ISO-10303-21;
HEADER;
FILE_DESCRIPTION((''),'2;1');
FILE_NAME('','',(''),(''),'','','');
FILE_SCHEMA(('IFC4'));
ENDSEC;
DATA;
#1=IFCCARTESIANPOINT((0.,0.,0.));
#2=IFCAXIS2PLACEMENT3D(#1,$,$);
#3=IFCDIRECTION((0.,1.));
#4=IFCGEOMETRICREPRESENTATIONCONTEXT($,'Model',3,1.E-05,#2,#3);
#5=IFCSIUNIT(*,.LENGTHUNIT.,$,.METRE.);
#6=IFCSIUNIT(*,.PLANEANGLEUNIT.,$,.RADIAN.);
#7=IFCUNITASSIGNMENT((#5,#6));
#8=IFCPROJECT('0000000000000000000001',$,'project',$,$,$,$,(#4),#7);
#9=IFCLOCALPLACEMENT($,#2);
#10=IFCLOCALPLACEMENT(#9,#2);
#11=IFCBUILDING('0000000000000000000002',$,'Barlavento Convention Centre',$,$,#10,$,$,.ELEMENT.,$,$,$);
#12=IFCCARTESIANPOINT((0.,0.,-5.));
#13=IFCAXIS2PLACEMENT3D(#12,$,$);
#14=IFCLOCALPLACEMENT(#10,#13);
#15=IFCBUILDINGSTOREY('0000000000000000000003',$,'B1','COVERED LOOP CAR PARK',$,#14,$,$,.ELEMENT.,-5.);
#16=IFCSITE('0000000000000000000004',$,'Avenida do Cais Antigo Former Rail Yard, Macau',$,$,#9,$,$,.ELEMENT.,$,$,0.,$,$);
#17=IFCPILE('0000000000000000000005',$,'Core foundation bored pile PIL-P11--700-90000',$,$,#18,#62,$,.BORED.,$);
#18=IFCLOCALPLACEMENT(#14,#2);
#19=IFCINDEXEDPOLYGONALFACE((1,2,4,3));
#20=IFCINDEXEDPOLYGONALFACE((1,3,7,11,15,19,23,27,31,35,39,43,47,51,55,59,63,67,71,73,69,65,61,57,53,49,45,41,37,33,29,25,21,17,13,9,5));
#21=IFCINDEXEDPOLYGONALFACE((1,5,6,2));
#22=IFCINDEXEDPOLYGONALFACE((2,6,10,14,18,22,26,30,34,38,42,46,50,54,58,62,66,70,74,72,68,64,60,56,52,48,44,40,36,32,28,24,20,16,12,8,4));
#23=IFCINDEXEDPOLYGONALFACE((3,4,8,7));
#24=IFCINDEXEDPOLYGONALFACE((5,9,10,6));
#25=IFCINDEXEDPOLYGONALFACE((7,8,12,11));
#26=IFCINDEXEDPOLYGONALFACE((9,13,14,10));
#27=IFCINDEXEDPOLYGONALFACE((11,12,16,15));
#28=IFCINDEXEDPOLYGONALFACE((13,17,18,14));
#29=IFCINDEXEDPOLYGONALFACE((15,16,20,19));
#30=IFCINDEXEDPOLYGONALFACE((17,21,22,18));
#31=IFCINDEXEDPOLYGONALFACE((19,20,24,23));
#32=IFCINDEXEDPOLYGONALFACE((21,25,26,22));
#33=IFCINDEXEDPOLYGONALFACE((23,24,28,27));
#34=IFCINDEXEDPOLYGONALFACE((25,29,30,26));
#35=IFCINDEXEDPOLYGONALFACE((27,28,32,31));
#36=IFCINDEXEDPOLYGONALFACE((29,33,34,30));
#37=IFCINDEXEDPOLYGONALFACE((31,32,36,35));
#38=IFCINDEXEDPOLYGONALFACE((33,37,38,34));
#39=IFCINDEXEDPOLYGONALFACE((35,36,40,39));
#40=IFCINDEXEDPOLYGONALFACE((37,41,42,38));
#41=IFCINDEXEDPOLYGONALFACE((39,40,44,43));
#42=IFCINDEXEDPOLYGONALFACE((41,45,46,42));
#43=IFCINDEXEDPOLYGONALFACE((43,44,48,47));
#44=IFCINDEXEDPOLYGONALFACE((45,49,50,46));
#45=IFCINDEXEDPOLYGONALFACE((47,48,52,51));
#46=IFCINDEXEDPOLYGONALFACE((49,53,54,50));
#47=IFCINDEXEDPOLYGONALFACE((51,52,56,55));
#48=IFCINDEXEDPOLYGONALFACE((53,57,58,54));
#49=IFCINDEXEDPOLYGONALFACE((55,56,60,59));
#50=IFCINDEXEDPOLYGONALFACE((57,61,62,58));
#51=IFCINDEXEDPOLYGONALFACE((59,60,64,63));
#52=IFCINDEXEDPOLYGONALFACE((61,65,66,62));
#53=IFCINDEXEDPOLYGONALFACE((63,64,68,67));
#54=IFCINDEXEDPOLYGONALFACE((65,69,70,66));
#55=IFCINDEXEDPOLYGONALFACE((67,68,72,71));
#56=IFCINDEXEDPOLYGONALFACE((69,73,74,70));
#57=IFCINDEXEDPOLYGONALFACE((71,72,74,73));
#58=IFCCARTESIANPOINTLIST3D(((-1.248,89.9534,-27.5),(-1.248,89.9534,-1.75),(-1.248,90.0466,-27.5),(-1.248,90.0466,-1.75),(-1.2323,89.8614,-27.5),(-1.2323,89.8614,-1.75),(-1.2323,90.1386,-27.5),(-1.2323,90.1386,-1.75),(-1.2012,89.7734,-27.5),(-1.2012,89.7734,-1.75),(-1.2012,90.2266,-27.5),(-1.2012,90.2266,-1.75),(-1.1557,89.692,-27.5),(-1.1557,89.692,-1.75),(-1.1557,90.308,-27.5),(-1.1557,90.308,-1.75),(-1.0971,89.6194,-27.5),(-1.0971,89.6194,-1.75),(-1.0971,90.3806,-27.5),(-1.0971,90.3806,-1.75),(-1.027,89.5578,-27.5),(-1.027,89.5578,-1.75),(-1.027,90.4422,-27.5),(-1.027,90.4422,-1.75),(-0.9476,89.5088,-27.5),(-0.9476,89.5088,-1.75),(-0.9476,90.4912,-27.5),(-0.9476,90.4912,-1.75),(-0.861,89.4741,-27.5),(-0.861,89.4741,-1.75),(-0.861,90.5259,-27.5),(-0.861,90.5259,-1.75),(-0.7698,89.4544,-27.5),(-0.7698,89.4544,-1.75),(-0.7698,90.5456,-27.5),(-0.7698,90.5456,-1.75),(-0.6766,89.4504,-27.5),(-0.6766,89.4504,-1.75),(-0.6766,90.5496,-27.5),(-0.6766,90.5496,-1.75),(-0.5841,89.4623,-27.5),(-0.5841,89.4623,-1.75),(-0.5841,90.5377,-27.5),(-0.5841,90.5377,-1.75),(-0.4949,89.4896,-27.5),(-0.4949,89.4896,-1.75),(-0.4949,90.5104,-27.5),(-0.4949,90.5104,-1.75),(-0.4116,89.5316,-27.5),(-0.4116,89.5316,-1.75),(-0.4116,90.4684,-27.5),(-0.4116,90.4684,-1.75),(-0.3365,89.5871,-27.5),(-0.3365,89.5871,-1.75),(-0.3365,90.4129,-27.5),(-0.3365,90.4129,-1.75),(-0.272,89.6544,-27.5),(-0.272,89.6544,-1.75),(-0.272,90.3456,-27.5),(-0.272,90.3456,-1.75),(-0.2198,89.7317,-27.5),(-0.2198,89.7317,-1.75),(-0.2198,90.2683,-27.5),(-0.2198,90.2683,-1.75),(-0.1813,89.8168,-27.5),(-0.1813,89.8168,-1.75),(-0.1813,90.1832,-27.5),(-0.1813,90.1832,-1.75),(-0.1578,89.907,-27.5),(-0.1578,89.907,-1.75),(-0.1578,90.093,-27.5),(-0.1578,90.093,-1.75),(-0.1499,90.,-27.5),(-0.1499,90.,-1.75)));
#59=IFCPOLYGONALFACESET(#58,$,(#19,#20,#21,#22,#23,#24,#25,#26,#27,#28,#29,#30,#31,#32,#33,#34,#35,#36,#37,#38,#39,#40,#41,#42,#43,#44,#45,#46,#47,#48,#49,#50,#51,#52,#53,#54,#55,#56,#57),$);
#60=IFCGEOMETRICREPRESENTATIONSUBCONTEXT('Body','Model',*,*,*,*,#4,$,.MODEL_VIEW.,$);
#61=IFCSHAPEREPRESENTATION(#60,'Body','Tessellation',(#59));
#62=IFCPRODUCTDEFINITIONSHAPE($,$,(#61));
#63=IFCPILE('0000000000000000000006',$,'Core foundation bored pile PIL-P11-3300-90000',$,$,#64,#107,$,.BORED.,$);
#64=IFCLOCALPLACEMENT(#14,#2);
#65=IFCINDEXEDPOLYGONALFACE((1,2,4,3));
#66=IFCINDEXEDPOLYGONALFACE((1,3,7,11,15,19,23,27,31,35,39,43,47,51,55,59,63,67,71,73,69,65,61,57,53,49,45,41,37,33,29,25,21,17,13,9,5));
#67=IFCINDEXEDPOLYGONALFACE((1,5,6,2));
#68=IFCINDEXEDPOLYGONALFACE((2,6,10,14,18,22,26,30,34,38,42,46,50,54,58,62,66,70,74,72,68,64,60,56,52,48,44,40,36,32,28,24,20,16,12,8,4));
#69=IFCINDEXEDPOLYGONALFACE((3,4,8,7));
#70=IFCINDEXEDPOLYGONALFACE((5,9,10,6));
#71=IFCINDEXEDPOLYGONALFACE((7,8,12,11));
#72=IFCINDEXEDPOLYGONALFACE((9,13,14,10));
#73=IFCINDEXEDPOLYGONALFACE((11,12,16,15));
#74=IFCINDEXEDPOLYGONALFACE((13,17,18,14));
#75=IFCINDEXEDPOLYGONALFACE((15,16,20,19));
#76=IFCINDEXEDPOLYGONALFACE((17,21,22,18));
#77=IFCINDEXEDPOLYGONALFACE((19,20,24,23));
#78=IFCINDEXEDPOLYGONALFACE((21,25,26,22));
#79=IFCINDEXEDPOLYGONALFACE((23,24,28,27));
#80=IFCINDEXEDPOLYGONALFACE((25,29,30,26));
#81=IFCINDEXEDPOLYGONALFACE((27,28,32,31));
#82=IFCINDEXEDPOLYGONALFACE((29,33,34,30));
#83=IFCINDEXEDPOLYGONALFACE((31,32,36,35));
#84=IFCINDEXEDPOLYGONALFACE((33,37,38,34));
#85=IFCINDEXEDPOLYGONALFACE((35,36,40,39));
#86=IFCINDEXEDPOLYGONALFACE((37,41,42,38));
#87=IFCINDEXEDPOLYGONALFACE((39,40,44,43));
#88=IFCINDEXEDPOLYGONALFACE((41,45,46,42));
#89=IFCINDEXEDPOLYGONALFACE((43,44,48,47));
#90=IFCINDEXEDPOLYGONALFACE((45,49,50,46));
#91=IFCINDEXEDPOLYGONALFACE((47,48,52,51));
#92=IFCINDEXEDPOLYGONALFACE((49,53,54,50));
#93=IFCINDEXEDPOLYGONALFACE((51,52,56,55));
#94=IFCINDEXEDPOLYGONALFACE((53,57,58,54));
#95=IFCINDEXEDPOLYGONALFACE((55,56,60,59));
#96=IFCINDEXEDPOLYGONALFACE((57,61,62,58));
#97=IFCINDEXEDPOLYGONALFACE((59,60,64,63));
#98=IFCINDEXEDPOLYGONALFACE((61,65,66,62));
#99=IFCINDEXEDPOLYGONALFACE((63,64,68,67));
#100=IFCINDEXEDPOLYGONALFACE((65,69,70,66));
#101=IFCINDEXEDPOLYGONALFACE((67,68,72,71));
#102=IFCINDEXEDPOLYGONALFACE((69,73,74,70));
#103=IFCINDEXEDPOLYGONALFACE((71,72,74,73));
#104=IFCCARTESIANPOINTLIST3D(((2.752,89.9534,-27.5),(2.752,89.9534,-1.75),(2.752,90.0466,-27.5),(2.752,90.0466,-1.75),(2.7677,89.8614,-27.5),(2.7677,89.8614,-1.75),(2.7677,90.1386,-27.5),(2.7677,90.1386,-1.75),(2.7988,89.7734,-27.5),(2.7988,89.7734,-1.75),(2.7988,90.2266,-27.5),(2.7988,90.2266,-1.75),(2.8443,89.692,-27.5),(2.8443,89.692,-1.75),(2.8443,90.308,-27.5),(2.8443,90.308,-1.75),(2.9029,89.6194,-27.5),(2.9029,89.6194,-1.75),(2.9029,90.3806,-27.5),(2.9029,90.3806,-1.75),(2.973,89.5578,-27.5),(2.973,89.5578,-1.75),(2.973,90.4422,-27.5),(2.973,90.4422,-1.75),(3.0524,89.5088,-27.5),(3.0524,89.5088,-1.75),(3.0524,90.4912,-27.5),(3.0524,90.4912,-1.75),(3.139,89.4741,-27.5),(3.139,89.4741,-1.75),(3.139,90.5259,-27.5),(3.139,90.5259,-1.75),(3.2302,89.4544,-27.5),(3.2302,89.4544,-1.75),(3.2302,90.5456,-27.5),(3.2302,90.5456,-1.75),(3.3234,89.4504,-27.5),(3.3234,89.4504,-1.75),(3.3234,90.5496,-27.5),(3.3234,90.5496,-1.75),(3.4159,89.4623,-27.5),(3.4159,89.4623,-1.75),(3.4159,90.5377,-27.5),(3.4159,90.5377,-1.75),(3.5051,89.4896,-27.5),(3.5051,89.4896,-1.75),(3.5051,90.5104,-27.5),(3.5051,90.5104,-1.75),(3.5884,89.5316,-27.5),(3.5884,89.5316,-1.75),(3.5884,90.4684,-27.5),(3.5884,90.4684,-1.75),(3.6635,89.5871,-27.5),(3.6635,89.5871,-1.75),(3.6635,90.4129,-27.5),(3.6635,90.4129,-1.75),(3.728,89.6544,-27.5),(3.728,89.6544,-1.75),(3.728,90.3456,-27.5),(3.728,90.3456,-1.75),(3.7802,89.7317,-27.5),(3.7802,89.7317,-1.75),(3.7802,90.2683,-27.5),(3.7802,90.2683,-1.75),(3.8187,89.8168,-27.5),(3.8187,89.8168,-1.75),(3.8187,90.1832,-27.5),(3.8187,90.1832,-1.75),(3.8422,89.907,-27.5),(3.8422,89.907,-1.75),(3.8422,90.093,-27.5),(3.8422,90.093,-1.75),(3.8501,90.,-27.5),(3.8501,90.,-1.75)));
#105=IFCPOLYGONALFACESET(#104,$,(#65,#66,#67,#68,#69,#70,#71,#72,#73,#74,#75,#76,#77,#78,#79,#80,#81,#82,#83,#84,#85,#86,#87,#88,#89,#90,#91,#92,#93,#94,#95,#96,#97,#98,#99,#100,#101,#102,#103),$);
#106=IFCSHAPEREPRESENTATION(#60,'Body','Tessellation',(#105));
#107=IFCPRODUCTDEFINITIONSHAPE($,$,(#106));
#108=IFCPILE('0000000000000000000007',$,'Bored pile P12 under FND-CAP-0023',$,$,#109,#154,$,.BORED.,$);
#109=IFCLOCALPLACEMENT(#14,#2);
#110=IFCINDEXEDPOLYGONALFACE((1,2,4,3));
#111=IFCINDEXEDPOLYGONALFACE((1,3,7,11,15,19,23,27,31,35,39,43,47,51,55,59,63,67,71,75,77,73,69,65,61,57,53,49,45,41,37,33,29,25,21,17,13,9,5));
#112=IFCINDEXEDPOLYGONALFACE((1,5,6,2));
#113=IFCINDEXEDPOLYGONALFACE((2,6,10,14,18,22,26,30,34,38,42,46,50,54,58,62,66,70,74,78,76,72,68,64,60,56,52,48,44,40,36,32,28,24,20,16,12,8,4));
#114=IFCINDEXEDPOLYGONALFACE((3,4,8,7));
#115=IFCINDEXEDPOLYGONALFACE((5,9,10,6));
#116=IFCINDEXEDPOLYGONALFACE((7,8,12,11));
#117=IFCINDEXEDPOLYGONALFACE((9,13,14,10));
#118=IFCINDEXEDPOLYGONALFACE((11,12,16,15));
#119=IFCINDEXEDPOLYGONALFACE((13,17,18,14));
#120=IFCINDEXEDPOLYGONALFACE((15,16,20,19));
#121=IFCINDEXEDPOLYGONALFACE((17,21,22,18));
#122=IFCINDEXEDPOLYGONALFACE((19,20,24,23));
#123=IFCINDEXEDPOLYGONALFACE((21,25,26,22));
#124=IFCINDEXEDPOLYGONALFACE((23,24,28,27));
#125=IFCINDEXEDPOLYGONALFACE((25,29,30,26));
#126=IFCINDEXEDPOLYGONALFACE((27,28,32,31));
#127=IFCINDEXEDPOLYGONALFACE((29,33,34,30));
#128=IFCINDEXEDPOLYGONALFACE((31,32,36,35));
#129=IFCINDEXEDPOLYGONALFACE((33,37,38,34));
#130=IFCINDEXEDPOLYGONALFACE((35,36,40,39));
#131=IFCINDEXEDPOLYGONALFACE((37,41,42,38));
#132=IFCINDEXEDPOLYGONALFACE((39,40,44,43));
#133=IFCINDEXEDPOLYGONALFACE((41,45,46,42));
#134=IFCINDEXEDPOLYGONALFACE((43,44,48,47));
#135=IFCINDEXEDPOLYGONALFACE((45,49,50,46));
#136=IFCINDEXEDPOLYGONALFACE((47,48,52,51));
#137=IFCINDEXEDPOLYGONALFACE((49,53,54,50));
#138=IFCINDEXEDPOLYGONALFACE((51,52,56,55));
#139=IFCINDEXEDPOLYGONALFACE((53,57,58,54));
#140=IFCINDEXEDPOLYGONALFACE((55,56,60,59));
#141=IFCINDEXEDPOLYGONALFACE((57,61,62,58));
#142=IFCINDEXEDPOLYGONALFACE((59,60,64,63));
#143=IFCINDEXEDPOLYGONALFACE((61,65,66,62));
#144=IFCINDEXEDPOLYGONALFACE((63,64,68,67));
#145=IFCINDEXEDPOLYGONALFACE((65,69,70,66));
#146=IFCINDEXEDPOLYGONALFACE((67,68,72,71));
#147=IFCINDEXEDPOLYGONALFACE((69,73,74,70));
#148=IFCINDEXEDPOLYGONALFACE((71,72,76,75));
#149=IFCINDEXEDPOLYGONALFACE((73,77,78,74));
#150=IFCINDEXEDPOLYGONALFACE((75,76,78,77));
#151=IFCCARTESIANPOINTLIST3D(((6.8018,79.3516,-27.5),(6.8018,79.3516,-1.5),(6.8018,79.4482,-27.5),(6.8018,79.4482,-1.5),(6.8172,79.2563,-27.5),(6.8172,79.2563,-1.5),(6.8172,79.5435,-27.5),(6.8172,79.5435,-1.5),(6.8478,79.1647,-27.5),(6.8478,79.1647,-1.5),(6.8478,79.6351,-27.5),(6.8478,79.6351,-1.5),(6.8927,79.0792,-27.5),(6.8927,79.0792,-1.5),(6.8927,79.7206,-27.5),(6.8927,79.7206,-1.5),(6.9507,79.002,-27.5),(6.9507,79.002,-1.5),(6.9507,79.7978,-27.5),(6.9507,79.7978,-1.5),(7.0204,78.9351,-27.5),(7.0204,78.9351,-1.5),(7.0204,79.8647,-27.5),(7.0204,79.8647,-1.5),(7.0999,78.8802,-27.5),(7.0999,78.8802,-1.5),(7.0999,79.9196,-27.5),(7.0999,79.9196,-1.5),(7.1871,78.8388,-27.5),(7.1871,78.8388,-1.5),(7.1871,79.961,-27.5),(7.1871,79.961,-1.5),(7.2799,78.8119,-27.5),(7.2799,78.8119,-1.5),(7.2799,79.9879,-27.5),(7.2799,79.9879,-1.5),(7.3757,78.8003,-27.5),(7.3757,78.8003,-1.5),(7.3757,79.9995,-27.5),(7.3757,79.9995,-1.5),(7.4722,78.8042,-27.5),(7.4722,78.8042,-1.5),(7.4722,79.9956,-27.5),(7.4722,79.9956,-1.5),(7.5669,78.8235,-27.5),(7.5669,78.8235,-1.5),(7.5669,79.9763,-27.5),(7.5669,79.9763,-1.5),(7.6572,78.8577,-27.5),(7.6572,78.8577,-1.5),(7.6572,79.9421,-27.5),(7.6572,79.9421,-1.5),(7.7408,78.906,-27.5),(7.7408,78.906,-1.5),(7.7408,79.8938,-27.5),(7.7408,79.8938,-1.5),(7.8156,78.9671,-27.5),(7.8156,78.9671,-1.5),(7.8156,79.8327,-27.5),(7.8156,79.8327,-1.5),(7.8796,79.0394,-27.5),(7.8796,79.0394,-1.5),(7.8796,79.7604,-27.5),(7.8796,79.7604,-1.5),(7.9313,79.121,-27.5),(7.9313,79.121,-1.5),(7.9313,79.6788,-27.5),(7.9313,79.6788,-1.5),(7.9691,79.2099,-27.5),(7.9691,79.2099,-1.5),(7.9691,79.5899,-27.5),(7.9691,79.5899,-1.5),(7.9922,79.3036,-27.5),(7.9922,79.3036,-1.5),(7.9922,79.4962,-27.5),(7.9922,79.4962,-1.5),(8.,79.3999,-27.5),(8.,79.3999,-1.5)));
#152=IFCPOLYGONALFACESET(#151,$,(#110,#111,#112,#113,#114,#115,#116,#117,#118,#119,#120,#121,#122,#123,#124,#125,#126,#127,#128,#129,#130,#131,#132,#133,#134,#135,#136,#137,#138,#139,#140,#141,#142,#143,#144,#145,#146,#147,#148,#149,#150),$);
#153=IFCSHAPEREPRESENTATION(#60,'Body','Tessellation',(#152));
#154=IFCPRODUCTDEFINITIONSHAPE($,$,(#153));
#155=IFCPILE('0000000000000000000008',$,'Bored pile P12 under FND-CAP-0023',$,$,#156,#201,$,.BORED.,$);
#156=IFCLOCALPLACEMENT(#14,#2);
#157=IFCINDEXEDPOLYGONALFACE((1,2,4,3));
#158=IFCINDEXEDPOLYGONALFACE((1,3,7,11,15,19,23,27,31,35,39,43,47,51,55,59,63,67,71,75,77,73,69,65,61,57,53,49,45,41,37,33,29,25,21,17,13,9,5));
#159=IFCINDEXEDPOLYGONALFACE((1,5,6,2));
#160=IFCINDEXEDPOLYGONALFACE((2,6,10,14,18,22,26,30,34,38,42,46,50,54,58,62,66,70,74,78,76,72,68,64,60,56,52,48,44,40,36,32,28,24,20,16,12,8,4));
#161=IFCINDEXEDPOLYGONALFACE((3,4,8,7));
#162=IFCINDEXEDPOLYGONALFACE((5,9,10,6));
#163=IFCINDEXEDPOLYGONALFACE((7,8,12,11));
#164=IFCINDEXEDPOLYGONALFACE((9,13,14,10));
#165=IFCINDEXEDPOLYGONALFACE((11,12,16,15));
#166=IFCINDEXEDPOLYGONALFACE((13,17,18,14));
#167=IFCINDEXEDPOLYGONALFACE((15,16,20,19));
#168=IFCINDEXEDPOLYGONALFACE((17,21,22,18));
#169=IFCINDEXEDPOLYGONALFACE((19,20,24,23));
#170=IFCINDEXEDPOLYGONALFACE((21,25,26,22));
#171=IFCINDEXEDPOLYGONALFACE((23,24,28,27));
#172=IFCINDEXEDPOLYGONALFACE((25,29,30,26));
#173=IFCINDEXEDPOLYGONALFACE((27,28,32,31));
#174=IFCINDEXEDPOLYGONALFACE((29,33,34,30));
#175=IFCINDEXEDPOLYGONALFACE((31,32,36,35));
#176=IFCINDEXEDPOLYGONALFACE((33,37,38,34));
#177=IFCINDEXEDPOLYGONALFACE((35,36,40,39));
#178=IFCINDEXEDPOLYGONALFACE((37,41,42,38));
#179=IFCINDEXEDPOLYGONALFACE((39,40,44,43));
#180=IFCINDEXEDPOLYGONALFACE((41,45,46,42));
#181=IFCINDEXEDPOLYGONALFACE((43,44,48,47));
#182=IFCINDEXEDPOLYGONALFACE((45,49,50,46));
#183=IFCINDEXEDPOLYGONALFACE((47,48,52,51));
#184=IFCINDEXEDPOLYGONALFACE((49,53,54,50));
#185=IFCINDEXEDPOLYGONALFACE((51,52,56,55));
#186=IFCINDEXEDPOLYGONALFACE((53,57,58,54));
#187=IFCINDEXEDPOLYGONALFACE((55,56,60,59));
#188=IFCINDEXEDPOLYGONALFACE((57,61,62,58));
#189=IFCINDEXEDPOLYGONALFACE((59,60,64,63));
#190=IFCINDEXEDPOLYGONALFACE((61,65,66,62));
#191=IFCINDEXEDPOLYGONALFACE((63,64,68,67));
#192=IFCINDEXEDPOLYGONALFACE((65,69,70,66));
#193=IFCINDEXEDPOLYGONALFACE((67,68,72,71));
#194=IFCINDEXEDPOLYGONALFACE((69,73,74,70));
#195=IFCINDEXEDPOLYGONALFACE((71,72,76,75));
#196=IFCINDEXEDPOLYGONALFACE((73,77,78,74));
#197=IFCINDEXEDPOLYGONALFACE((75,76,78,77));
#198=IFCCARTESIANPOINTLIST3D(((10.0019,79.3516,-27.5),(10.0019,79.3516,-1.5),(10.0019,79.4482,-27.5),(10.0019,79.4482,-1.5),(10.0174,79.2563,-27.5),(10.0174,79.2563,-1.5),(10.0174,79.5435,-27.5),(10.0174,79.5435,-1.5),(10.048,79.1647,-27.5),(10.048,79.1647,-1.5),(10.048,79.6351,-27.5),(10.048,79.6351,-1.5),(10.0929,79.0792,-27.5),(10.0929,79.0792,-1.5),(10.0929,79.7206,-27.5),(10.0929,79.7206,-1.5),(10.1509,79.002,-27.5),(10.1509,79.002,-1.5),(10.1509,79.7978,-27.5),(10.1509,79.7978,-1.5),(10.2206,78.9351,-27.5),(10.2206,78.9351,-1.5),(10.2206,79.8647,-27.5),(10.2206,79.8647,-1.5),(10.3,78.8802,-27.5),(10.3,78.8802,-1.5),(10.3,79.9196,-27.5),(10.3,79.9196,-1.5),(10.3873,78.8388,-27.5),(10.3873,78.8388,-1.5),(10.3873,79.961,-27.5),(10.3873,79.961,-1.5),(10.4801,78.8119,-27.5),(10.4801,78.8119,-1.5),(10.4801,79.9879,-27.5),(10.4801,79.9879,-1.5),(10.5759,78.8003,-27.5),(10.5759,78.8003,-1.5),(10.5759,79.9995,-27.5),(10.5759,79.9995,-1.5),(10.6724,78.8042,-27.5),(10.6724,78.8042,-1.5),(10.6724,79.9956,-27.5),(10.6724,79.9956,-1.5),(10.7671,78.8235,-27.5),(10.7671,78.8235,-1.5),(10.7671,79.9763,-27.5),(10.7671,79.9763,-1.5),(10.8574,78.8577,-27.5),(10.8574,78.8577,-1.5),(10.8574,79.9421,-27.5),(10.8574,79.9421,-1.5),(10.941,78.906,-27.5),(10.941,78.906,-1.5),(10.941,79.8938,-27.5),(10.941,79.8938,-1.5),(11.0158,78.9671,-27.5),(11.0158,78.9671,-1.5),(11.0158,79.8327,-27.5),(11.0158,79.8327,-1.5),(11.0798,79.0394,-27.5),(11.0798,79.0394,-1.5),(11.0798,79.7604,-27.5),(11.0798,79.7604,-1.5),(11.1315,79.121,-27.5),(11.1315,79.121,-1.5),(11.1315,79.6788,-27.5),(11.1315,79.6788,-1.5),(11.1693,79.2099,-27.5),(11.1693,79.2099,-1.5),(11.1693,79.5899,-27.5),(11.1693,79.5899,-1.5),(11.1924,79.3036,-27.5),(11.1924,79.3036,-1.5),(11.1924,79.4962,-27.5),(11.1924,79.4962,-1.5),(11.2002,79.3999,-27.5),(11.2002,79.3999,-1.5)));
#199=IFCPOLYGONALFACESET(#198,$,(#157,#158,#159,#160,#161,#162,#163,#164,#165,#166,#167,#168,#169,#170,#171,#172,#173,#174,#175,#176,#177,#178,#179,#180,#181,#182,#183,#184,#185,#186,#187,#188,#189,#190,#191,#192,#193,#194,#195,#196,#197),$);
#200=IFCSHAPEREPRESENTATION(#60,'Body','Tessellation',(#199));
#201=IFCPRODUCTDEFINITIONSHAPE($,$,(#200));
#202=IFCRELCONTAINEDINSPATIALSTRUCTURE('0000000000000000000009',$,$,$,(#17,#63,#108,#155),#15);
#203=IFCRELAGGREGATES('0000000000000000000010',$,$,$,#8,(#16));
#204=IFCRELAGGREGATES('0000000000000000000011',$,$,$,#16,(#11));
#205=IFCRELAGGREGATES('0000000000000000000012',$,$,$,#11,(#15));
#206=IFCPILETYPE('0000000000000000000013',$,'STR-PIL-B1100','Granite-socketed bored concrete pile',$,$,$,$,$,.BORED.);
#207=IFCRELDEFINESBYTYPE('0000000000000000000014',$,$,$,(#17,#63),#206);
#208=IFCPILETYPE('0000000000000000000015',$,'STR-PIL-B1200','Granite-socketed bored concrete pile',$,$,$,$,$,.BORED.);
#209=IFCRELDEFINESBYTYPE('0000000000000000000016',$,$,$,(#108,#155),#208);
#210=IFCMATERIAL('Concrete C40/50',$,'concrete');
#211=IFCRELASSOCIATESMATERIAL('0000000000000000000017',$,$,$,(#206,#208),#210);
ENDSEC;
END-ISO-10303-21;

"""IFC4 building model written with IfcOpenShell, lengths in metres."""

from ifc_helpers import new_model, si_unit, direction, frame, origin, origin_2d, place, context, subcontext, project, spatial, circle, extrude, material, material_profile, profile_set, type_object, element, save


model = new_model("IFC4")

# Units and contexts
model_context = context("Model", 3, precision=1e-05, world=origin(), true_north=direction((0.0, 1.0)))
body_context = subcontext(model_context, "Body", "Model", "MODEL_VIEW")
ifc_project = project(units=[si_unit("LENGTHUNIT", "METRE"), si_unit("PLANEANGLEUNIT", "RADIAN")], contexts=[model_context])

# Site, building, storey
site_placement = place(None, origin())
site = spatial("IfcSite", under=ifc_project, at=site_placement, Name="Avenida do Cais Antigo Former Rail Yard, Macau", CompositionType="ELEMENT", RefElevation=0.0)
building_placement = place(site_placement, origin())
building = spatial("IfcBuilding", under=site, at=building_placement, Name="Barlavento Convention Centre", CompositionType="ELEMENT")
storey_placement = place(building_placement, frame((0.0, 0.0, -5.0)))
storey = spatial("IfcBuildingStorey", under=building, at=storey_placement, Name="B1", Description="COVERED LOOP CAR PARK", CompositionType="ELEMENT", Elevation=-5.0)

# Shared definitions
ifc_material_1 = material(Name="Concrete C40/50", Category="concrete")

# Piles
ifc_material_profile_1 = material_profile(ifc_material_1, circle(Radius=0.55, at=origin_2d()), Name="BORED PILE 1100")
ifc_profile_set_1 = profile_set([ifc_material_profile_1], Name="Concrete C40/50")
pile_type_1 = type_object("IfcPileType", Name="STR-PIL-B1100", Description="Granite-socketed bored concrete pile", PredefinedType="BORED", material=ifc_profile_set_1)
for number, where, z_axis, x_axis, name in (
    (1, (-0.7, 90.0, -1.75), (0.0, 0.0, -1.0), (1.0, 0.0, 0.0), "Core foundation bored pile PIL-P11--700-90000"),
    (2, (3.3, 90.0, -1.75), (0.0, 0.0, -1.0), (1.0, 0.0, 0.0), "Core foundation bored pile PIL-P11-3300-90000"),
):
    element("IfcPile", number, at=place(storey_placement, frame(where, z_axis=z_axis, x_axis=x_axis)), inside=storey, type_object=pile_type_1, Name=name, PredefinedType="BORED", context=body_context, shape_type="SweptSolid", body=[
        extrude(circle(Radius=0.55, at=origin_2d()), origin(), (0.0, 0.0, 1.0), 25.75),
    ])
ifc_material_profile_2 = material_profile(ifc_material_1, circle(Radius=0.6001, at=origin_2d()), Name="BORED PILE 1200")
ifc_profile_set_2 = profile_set([ifc_material_profile_2], Name="Concrete C40/50")
pile_type_2 = type_object("IfcPileType", Name="STR-PIL-B1200", Description="Granite-socketed bored concrete pile", PredefinedType="BORED", material=ifc_profile_set_2)
for number, where, z_axis, x_axis, name in (
    (3, (7.3999, 79.3999, -1.5), (0.0, 0.0, -1.0), (1.0, 0.0, 0.0), "Bored pile P12 under FND-CAP-0023"),
    (4, (10.6001, 79.3999, -1.5), (0.0, 0.0, -1.0), (1.0, 0.0, 0.0), "Bored pile P12 under FND-CAP-0023"),
):
    element("IfcPile", number, at=place(storey_placement, frame(where, z_axis=z_axis, x_axis=x_axis)), inside=storey, type_object=pile_type_2, Name=name, PredefinedType="BORED", context=body_context, shape_type="SweptSolid", body=[
        extrude(circle(Radius=0.6001, at=origin_2d()), origin(), (0.0, 0.0, 1.0), 26.0),
    ])

save(model, "model.ifc")
